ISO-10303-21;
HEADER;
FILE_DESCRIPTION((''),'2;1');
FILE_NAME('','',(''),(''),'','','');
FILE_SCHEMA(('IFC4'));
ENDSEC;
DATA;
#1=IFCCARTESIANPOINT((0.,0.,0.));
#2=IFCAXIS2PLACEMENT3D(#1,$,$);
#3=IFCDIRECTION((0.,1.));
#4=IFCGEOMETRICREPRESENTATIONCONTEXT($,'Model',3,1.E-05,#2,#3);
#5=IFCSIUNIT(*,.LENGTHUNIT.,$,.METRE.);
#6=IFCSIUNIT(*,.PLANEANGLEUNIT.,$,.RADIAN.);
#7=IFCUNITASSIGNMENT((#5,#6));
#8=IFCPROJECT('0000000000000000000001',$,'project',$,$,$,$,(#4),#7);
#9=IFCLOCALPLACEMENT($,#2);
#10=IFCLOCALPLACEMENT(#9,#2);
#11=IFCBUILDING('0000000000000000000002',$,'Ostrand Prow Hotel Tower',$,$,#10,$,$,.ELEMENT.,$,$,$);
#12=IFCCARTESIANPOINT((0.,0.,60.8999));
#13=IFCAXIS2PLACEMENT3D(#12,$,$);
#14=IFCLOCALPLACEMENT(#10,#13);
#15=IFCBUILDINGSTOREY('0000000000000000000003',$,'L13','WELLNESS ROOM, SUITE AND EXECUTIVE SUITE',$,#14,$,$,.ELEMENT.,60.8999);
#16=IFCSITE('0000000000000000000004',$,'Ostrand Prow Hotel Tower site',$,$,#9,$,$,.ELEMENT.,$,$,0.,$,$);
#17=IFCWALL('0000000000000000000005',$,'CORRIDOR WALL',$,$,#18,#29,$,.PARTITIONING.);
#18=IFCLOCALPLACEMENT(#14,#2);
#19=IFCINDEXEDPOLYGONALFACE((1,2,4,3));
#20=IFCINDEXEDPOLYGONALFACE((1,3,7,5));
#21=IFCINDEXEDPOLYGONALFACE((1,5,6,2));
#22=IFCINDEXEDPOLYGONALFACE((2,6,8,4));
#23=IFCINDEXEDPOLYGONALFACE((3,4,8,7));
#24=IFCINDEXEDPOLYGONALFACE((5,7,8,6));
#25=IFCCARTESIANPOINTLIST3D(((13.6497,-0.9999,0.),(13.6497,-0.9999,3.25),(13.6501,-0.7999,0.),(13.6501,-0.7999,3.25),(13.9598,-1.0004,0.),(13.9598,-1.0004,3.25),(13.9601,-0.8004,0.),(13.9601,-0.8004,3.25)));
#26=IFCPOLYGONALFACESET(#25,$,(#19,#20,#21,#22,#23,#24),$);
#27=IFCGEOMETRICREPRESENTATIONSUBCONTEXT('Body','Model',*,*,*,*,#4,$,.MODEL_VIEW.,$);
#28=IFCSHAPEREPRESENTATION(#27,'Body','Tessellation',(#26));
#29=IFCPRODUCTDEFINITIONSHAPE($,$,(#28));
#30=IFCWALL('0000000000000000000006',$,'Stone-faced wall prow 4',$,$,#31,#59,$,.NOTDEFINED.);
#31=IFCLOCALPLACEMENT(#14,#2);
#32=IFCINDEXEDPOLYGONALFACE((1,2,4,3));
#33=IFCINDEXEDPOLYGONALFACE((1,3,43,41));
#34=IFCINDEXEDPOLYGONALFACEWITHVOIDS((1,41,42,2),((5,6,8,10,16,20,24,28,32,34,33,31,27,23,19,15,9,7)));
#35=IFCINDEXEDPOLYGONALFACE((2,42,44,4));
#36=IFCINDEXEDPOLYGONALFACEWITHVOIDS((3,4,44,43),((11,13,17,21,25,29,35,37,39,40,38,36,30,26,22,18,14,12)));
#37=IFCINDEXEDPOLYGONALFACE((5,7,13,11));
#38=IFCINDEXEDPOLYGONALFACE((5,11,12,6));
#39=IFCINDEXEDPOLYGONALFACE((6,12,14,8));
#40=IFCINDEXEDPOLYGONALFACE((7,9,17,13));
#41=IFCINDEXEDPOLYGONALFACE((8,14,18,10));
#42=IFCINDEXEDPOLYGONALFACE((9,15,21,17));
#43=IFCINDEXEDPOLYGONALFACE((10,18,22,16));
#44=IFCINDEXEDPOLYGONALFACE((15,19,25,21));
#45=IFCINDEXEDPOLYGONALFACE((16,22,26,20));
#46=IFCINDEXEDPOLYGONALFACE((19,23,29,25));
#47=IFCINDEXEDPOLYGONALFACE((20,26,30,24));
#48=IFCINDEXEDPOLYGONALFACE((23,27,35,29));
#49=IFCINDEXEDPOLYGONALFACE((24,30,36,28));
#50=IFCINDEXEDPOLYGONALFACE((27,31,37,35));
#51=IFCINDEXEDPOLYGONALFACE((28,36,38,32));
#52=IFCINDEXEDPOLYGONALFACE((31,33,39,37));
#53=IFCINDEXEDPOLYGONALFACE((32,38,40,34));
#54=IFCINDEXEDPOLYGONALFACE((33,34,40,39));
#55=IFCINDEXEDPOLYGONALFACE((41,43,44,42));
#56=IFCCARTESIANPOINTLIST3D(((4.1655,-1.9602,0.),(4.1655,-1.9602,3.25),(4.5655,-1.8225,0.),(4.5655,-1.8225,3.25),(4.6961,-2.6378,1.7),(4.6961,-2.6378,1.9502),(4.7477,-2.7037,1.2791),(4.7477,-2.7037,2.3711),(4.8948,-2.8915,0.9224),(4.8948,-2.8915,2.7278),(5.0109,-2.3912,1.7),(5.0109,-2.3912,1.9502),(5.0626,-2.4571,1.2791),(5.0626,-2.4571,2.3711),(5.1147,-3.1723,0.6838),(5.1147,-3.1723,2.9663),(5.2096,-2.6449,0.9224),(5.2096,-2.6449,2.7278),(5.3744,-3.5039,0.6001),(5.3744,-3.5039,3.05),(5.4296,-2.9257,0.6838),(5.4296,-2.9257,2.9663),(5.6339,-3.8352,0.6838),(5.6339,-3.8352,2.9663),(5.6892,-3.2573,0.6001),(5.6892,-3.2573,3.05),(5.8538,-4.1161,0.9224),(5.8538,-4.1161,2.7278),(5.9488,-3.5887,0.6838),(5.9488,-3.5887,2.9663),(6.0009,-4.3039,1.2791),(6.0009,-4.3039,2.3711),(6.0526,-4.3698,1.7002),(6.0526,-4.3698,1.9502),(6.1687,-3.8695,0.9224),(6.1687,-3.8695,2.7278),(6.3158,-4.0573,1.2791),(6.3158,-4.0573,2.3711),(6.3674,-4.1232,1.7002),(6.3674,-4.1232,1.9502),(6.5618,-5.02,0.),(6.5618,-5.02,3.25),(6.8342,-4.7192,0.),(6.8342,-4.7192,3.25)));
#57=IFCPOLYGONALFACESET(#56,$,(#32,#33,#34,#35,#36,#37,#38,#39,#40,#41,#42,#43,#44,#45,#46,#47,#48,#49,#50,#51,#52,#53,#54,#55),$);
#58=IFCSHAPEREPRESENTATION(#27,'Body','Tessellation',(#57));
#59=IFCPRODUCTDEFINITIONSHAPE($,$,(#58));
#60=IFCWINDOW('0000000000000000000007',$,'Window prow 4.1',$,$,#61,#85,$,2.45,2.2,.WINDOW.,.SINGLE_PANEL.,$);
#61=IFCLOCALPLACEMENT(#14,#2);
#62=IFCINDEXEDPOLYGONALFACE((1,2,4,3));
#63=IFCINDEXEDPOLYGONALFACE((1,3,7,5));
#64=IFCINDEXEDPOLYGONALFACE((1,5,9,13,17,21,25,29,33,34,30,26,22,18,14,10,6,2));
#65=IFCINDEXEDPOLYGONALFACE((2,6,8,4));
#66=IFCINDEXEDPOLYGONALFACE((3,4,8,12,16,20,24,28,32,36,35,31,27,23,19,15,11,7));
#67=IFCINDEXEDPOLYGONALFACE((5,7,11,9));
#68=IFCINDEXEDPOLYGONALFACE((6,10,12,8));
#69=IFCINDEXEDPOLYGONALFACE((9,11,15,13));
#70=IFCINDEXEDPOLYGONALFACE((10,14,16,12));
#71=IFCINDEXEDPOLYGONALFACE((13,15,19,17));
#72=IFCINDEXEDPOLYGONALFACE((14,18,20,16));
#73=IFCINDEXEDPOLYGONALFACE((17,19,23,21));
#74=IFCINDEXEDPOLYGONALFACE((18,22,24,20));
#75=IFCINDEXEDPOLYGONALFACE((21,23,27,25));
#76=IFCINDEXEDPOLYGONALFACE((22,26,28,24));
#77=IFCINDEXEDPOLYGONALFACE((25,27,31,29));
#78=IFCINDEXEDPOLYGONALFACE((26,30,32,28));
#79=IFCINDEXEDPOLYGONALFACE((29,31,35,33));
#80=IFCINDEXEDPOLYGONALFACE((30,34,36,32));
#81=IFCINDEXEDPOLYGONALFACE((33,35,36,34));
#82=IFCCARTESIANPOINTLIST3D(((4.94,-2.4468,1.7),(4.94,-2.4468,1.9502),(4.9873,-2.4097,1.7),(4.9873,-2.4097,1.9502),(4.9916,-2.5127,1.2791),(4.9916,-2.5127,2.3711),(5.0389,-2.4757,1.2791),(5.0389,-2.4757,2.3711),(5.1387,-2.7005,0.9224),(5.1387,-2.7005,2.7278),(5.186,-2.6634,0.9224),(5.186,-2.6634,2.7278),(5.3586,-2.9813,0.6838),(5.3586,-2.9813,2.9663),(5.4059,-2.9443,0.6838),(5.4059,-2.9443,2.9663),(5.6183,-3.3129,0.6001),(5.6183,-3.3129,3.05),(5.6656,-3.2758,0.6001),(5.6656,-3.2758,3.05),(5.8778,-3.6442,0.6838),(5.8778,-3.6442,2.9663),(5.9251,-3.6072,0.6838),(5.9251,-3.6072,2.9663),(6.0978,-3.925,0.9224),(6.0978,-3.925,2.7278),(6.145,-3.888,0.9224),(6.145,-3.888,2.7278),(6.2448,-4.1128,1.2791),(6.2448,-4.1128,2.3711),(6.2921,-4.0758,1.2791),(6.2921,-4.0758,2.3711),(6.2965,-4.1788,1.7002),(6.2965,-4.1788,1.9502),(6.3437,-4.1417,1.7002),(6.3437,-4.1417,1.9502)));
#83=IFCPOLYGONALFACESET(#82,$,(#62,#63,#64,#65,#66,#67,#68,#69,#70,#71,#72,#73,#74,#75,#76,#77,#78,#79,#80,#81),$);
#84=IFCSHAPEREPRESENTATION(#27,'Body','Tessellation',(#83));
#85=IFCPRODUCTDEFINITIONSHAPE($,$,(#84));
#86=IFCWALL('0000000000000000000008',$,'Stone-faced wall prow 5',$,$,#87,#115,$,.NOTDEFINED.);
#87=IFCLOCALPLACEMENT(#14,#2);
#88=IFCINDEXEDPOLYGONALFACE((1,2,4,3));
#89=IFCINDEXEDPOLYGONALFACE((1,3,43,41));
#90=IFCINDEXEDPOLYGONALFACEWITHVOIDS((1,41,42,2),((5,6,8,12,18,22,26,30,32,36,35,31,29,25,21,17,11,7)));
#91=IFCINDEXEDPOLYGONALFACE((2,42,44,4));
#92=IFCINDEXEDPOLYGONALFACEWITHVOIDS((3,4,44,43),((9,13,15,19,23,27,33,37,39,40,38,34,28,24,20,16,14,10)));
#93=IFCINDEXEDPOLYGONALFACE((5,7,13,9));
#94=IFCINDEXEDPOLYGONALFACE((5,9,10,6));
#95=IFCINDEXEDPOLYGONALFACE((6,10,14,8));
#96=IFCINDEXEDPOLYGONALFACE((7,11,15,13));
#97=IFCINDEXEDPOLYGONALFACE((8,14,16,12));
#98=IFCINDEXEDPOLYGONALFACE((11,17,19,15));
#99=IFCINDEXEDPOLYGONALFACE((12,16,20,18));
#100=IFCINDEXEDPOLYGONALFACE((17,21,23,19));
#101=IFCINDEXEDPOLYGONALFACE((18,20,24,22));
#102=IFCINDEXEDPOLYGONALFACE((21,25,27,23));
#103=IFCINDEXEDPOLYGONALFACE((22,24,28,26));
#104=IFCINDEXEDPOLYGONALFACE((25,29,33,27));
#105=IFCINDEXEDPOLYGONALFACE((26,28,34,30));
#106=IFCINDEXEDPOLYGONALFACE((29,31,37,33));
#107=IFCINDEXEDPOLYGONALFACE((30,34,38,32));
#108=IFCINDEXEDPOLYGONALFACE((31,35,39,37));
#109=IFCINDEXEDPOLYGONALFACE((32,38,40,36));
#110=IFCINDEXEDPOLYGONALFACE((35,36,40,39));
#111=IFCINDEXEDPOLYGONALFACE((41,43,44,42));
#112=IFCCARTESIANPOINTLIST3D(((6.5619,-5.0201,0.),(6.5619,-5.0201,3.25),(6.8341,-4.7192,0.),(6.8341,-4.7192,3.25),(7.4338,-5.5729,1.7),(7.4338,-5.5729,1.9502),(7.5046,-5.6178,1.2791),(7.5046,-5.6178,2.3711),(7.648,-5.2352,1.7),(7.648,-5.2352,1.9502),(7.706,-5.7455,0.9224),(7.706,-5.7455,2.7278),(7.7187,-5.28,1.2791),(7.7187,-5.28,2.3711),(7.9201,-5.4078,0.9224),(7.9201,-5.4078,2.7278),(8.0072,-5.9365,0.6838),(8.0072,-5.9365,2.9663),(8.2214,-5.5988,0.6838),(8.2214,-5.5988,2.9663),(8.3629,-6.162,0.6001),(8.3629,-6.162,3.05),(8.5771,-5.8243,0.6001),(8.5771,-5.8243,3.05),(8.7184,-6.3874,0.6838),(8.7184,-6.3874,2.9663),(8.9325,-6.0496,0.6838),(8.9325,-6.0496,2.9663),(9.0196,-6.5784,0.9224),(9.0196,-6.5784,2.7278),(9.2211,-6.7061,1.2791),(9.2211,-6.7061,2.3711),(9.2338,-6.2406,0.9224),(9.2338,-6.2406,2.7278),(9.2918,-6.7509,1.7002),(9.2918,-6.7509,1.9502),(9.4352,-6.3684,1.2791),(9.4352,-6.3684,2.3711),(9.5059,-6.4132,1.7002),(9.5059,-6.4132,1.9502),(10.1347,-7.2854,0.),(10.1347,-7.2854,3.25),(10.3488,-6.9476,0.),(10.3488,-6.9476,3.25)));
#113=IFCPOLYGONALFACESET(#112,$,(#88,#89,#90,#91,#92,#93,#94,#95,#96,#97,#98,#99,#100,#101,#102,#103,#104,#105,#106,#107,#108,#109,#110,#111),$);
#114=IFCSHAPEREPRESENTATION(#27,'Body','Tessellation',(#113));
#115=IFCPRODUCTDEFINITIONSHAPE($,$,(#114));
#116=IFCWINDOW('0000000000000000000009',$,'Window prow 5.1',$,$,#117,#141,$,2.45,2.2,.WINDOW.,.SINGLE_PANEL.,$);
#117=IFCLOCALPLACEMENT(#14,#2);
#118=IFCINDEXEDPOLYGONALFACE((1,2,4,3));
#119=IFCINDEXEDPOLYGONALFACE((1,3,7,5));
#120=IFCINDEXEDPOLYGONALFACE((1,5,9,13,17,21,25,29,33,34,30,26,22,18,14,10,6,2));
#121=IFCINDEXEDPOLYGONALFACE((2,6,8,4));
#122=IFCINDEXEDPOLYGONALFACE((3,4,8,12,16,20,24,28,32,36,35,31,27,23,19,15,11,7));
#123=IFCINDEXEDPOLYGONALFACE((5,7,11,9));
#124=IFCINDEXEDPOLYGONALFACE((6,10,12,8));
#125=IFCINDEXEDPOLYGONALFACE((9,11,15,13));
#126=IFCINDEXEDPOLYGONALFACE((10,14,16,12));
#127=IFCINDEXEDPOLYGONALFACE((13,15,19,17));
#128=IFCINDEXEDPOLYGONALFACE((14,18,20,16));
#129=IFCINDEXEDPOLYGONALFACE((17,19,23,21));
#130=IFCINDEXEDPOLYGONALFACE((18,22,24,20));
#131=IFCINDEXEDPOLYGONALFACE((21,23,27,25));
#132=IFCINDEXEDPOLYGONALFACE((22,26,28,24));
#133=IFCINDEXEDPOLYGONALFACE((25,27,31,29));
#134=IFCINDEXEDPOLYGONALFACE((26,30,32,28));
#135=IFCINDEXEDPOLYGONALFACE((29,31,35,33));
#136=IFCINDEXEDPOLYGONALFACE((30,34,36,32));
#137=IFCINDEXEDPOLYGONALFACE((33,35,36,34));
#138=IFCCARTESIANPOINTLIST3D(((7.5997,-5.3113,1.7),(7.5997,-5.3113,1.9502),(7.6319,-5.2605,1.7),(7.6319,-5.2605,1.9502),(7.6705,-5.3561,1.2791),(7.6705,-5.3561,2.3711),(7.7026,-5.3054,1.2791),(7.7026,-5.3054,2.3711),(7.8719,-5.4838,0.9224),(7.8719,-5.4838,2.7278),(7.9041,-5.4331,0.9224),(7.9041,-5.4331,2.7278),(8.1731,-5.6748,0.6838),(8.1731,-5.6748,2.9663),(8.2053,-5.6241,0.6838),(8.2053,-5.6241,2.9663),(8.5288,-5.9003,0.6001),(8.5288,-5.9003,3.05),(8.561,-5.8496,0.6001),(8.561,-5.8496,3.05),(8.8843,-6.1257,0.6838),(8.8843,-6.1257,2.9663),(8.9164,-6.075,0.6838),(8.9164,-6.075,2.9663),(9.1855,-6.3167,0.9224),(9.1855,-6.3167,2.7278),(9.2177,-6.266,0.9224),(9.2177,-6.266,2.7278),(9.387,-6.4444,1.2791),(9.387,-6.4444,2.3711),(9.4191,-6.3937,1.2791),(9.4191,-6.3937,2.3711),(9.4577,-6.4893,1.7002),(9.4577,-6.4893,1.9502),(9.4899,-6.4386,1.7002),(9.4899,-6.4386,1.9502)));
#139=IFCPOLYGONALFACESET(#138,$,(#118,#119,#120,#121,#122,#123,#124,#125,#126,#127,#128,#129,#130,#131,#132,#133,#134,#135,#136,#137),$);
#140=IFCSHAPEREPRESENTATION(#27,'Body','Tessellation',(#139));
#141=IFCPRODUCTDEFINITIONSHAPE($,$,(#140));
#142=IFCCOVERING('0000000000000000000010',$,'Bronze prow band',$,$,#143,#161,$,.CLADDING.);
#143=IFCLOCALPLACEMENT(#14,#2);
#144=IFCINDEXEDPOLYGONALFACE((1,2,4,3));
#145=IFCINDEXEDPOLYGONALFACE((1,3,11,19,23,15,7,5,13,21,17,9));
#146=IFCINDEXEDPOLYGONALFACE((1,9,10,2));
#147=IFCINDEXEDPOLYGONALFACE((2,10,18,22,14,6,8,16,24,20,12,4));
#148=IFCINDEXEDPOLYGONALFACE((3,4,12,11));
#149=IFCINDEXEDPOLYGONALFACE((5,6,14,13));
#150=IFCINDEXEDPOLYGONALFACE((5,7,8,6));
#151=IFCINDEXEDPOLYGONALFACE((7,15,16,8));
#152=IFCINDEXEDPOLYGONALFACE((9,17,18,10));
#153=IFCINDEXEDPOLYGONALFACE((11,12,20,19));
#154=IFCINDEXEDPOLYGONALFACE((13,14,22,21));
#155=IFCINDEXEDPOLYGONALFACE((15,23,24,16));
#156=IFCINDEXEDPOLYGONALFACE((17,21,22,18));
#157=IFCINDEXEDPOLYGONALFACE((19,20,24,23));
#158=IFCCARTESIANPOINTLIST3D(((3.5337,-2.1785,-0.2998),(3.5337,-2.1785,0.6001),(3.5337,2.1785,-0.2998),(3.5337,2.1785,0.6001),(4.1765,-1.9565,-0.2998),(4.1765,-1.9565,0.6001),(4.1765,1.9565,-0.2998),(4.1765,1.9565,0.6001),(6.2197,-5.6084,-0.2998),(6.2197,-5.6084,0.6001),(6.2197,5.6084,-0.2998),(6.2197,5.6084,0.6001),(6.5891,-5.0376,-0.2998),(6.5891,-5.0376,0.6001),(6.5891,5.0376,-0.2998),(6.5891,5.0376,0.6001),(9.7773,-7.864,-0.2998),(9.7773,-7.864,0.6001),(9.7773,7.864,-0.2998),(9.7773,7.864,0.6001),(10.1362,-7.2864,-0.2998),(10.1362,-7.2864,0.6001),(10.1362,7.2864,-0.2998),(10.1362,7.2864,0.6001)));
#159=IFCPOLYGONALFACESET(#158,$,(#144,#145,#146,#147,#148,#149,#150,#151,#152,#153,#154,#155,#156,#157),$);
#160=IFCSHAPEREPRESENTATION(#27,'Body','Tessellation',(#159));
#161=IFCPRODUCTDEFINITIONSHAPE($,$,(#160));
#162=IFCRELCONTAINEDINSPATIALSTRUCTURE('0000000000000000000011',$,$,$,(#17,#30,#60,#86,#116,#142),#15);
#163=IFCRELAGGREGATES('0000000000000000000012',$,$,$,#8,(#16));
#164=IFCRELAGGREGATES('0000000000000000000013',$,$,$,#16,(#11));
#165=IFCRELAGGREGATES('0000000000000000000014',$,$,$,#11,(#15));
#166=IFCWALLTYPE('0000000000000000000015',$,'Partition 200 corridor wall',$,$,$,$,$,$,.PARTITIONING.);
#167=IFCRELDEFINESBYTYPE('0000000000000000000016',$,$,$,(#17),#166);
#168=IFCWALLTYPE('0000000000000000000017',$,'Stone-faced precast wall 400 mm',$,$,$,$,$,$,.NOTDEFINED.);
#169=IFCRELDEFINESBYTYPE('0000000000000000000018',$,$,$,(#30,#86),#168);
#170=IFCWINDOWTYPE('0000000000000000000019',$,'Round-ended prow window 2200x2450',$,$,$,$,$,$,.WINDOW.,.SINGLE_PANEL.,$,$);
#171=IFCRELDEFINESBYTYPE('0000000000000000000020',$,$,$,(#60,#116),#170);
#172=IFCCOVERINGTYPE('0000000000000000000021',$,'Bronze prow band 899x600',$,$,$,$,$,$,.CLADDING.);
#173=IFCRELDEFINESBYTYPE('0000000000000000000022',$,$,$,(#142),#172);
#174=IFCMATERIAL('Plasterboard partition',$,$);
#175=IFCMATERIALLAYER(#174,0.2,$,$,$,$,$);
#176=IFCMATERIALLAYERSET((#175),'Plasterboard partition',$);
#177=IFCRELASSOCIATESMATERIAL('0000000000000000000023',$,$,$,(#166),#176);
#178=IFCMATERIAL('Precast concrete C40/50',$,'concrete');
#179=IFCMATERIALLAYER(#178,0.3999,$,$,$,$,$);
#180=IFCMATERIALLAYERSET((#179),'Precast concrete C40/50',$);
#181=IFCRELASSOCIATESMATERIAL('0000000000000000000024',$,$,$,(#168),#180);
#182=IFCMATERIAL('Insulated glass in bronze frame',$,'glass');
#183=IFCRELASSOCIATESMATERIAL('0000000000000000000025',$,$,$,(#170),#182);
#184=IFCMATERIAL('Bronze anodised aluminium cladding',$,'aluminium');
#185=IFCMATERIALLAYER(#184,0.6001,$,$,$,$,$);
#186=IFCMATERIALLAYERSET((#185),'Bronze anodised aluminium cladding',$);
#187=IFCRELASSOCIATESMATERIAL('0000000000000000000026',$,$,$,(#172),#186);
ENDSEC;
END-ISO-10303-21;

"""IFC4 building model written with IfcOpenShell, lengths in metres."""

from ifc_helpers import new_model, si_unit, direction, frame, frame_2d, origin, place, context, subcontext, project, spatial, polyline, rectangle, outline, extrude, material, layer, layer_set, type_object, element, fill, save


model = new_model("IFC4")

# Units and contexts
model_context = context("Model", 3, precision=1e-05, world=origin(), true_north=direction((0.0, 1.0)))
body_context = subcontext(model_context, "Body", "Model", "MODEL_VIEW")
ifc_project = project(units=[si_unit("LENGTHUNIT", "METRE"), si_unit("PLANEANGLEUNIT", "RADIAN")], contexts=[model_context])

# Site, building, storey
site_placement = place(None, origin())
site = spatial("IfcSite", under=ifc_project, at=site_placement, Name="Ostrand Prow Hotel Tower site", CompositionType="ELEMENT", RefElevation=0.0)
building_placement = place(site_placement, origin())
building = spatial("IfcBuilding", under=site, at=building_placement, Name="Ostrand Prow Hotel Tower", CompositionType="ELEMENT")
storey_placement = place(building_placement, frame((0.0, 0.0, 60.8999)))
storey = spatial("IfcBuildingStorey", under=building, at=storey_placement, Name="L13", Description="WELLNESS ROOM, SUITE AND EXECUTIVE SUITE", CompositionType="ELEMENT", Elevation=60.8999)

# Shared definitions
ifc_material_1 = material(Name="Plasterboard partition")
ifc_layer_1 = layer(ifc_material_1, 0.2)
ifc_layer_set_1 = layer_set([ifc_layer_1], Name="Plasterboard partition")
wall_type_1 = type_object("IfcWallType", Name="Partition 200 corridor wall", PredefinedType="PARTITIONING", material=ifc_layer_set_1)

# Wall
wall_1_placement = place(storey_placement, frame((13.6499, -0.8999, 0.0), z_axis=(0.0, 0.0, 1.0), x_axis=(0.999999, -0.001575, 0.0)))
element("IfcWall", 1, at=wall_1_placement, inside=storey, type_object=wall_type_1, Name="CORRIDOR WALL", PredefinedType="PARTITIONING", context=body_context, shape_type="SweptSolid", body=[
    extrude(rectangle(XDim=0.3101, YDim=0.2, at=frame_2d((0.155, 0.0))), origin(), (0.0, 0.0, 1.0), 3.25),
])

# Walls, openings, windows
ifc_material_2 = material(Name="Precast concrete C40/50", Category="concrete")
ifc_layer_2 = layer(ifc_material_2, 0.3999)
ifc_layer_set_2 = layer_set([ifc_layer_2], Name="Precast concrete C40/50")
wall_type_2 = type_object("IfcWallType", Name="Stone-faced precast wall 400 mm", PredefinedType="NOTDEFINED", material=ifc_layer_set_2)
wall_2_placement = place(storey_placement, frame((4.3655, -1.8914, 0.0), z_axis=(0.0, 0.0, 1.0), x_axis=(0.616587, -0.787287, 0.0)))
wall_2 = element("IfcWall", 2, at=wall_2_placement, inside=storey, type_object=wall_type_2, Name="Stone-faced wall prow 4", PredefinedType="NOTDEFINED", context=body_context, shape_type="SweptSolid", body=[
    extrude(outline(polyline([(-0.0691, -0.2), (3.8174, -0.2), (3.7485, 0.2), (0.0691, 0.2), (-0.0691, -0.2)])), origin(), (0.0, 0.0, 1.0), 3.25),
])
opening_1_placement = place(wall_2_placement, frame((0.7915, 0.0, 0.6001)))
opening_1 = element("IfcOpeningElement", 3, at=opening_1_placement, cuts=wall_2, PredefinedType="OPENING", context=body_context, shape_type="SweptSolid", body=[
    extrude(outline(polyline([(0.0, 1.3501), (0.0837, 1.771), (0.3223, 2.1277), (0.679, 2.3662), (1.1001, 2.45), (1.521, 2.3662), (1.8777, 2.1277), (2.1162, 1.771), (2.2, 1.3501), (2.2, 1.1001), (2.1162, 0.679), (1.8777, 0.3223), (1.521, 0.0837), (1.1001, 0.0), (0.679, 0.0837), (0.3223, 0.3223), (0.0837, 0.679), (0.0, 1.0999), (0.0, 1.3501)])), frame((0.0, 0.21, 0.0), z_axis=(0.0, -1.0, 0.0), x_axis=(1.0, 0.0, 0.0)), (0.0, 0.0, 1.0), 0.4199),
])
ifc_material_3 = material(Name="Insulated glass in bronze frame", Category="glass")
window_type = type_object("IfcWindowType", Name="Round-ended prow window 2200x2450", PartitioningType="SINGLE_PANEL", PredefinedType="WINDOW", material=ifc_material_3)
window_1_placement = place(opening_1_placement, origin())
window_1 = element("IfcWindow", 4, at=window_1_placement, inside=storey, type_object=window_type, Name="Window prow 4.1", OverallHeight=2.45, OverallWidth=2.2, PartitioningType="SINGLE_PANEL", PredefinedType="WINDOW", context=body_context, shape_type="SweptSolid", body=[
    extrude(outline(polyline([(0.0, 1.3501), (0.0837, 1.771), (0.3223, 2.1277), (0.679, 2.3662), (1.1001, 2.45), (1.521, 2.3662), (1.8777, 2.1277), (2.1162, 1.771), (2.2, 1.3501), (2.2, 1.1001), (2.1162, 0.679), (1.8777, 0.3223), (1.521, 0.0837), (1.1001, 0.0), (0.679, 0.0837), (0.3223, 0.3223), (0.0837, 0.679), (0.0, 1.0999), (0.0, 1.3501)])), frame((0.0, 0.1699, 0.0), z_axis=(0.0, -1.0, 0.0), x_axis=(1.0, 0.0, 0.0)), (0.0, 0.0, 1.0), 0.0601),
])
fill(opening_1, window_1)
wall_3_placement = place(storey_placement, frame((6.698, -4.8696, 0.0), z_axis=(0.0, 0.0, 1.0), x_axis=(0.844552, -0.535474, 0.0)))
wall_3 = element("IfcWall", 5, at=wall_3_placement, inside=storey, type_object=wall_type_2, Name="Stone-faced wall prow 5", PredefinedType="NOTDEFINED", context=body_context, shape_type="SweptSolid", body=[
    extrude(outline(polyline([(-0.0344, -0.2), (4.196, -0.2), (4.196, 0.2), (0.0344, 0.2), (-0.0344, -0.2)])), origin(), (0.0, 0.0, 1.0), 3.25),
])
opening_2_placement = place(wall_3_placement, frame((0.998, 0.0, 0.6001)))
opening_2 = element("IfcOpeningElement", 6, at=opening_2_placement, cuts=wall_3, PredefinedType="OPENING", context=body_context, shape_type="SweptSolid", body=[
    extrude(outline(polyline([(0.0, 1.3501), (0.0837, 1.771), (0.3223, 2.1277), (0.679, 2.3662), (1.1001, 2.45), (1.521, 2.3662), (1.8777, 2.1277), (2.1162, 1.771), (2.2, 1.3501), (2.2, 1.1001), (2.1162, 0.679), (1.8777, 0.3223), (1.521, 0.0837), (1.1001, 0.0), (0.679, 0.0837), (0.3223, 0.3223), (0.0837, 0.679), (0.0, 1.0999), (0.0, 1.3501)])), frame((0.0, 0.21, 0.0), z_axis=(0.0, -1.0, 0.0), x_axis=(1.0, 0.0, 0.0)), (0.0, 0.0, 1.0), 0.4199),
])
window_2_placement = place(opening_2_placement, origin())
window_2 = element("IfcWindow", 7, at=window_2_placement, inside=storey, type_object=window_type, Name="Window prow 5.1", OverallHeight=2.45, OverallWidth=2.2, PartitioningType="SINGLE_PANEL", PredefinedType="WINDOW", context=body_context, shape_type="SweptSolid", body=[
    extrude(outline(polyline([(0.0, 1.3501), (0.0837, 1.771), (0.3223, 2.1277), (0.679, 2.3662), (1.1001, 2.45), (1.521, 2.3662), (1.8777, 2.1277), (2.1162, 1.771), (2.2, 1.3501), (2.2, 1.1001), (2.1162, 0.679), (1.8777, 0.3223), (1.521, 0.0837), (1.1001, 0.0), (0.679, 0.0837), (0.3223, 0.3223), (0.0837, 0.679), (0.0, 1.0999), (0.0, 1.3501)])), frame((0.0, 0.1699, 0.0), z_axis=(0.0, -1.0, 0.0), x_axis=(1.0, 0.0, 0.0)), (0.0, 0.0, 1.0), 0.0601),
])
fill(opening_2, window_2)

# Covering
ifc_material_4 = material(Name="Bronze anodised aluminium cladding", Category="aluminium")
ifc_layer_3 = layer(ifc_material_4, 0.6001)
ifc_layer_set_3 = layer_set([ifc_layer_3], Name="Bronze anodised aluminium cladding")
covering_type_1 = type_object("IfcCoveringType", Name="Bronze prow band 899x600", PredefinedType="CLADDING", material=ifc_layer_set_3)
covering_1_placement = place(storey_placement, frame((0.0, 0.0, -0.2998)))
element("IfcCovering", 8, at=covering_1_placement, inside=storey, type_object=covering_type_1, Name="Bronze prow band", PredefinedType="CLADDING", context=body_context, shape_type="SweptSolid", body=[
    extrude(outline(polyline([(9.7773, 7.864), (6.2197, 5.6084), (3.5337, 2.1785), (3.5337, -2.1785), (6.2197, -5.6084), (9.7773, -7.864), (10.1362, -7.2864), (6.5891, -5.0376), (4.1765, -1.9565), (4.1765, 1.9565), (6.5891, 5.0376), (10.1362, 7.2864), (9.7773, 7.864)])), origin(), (0.0, 0.0, 1.0), 0.8999),
])

save(model, "model.ifc")
